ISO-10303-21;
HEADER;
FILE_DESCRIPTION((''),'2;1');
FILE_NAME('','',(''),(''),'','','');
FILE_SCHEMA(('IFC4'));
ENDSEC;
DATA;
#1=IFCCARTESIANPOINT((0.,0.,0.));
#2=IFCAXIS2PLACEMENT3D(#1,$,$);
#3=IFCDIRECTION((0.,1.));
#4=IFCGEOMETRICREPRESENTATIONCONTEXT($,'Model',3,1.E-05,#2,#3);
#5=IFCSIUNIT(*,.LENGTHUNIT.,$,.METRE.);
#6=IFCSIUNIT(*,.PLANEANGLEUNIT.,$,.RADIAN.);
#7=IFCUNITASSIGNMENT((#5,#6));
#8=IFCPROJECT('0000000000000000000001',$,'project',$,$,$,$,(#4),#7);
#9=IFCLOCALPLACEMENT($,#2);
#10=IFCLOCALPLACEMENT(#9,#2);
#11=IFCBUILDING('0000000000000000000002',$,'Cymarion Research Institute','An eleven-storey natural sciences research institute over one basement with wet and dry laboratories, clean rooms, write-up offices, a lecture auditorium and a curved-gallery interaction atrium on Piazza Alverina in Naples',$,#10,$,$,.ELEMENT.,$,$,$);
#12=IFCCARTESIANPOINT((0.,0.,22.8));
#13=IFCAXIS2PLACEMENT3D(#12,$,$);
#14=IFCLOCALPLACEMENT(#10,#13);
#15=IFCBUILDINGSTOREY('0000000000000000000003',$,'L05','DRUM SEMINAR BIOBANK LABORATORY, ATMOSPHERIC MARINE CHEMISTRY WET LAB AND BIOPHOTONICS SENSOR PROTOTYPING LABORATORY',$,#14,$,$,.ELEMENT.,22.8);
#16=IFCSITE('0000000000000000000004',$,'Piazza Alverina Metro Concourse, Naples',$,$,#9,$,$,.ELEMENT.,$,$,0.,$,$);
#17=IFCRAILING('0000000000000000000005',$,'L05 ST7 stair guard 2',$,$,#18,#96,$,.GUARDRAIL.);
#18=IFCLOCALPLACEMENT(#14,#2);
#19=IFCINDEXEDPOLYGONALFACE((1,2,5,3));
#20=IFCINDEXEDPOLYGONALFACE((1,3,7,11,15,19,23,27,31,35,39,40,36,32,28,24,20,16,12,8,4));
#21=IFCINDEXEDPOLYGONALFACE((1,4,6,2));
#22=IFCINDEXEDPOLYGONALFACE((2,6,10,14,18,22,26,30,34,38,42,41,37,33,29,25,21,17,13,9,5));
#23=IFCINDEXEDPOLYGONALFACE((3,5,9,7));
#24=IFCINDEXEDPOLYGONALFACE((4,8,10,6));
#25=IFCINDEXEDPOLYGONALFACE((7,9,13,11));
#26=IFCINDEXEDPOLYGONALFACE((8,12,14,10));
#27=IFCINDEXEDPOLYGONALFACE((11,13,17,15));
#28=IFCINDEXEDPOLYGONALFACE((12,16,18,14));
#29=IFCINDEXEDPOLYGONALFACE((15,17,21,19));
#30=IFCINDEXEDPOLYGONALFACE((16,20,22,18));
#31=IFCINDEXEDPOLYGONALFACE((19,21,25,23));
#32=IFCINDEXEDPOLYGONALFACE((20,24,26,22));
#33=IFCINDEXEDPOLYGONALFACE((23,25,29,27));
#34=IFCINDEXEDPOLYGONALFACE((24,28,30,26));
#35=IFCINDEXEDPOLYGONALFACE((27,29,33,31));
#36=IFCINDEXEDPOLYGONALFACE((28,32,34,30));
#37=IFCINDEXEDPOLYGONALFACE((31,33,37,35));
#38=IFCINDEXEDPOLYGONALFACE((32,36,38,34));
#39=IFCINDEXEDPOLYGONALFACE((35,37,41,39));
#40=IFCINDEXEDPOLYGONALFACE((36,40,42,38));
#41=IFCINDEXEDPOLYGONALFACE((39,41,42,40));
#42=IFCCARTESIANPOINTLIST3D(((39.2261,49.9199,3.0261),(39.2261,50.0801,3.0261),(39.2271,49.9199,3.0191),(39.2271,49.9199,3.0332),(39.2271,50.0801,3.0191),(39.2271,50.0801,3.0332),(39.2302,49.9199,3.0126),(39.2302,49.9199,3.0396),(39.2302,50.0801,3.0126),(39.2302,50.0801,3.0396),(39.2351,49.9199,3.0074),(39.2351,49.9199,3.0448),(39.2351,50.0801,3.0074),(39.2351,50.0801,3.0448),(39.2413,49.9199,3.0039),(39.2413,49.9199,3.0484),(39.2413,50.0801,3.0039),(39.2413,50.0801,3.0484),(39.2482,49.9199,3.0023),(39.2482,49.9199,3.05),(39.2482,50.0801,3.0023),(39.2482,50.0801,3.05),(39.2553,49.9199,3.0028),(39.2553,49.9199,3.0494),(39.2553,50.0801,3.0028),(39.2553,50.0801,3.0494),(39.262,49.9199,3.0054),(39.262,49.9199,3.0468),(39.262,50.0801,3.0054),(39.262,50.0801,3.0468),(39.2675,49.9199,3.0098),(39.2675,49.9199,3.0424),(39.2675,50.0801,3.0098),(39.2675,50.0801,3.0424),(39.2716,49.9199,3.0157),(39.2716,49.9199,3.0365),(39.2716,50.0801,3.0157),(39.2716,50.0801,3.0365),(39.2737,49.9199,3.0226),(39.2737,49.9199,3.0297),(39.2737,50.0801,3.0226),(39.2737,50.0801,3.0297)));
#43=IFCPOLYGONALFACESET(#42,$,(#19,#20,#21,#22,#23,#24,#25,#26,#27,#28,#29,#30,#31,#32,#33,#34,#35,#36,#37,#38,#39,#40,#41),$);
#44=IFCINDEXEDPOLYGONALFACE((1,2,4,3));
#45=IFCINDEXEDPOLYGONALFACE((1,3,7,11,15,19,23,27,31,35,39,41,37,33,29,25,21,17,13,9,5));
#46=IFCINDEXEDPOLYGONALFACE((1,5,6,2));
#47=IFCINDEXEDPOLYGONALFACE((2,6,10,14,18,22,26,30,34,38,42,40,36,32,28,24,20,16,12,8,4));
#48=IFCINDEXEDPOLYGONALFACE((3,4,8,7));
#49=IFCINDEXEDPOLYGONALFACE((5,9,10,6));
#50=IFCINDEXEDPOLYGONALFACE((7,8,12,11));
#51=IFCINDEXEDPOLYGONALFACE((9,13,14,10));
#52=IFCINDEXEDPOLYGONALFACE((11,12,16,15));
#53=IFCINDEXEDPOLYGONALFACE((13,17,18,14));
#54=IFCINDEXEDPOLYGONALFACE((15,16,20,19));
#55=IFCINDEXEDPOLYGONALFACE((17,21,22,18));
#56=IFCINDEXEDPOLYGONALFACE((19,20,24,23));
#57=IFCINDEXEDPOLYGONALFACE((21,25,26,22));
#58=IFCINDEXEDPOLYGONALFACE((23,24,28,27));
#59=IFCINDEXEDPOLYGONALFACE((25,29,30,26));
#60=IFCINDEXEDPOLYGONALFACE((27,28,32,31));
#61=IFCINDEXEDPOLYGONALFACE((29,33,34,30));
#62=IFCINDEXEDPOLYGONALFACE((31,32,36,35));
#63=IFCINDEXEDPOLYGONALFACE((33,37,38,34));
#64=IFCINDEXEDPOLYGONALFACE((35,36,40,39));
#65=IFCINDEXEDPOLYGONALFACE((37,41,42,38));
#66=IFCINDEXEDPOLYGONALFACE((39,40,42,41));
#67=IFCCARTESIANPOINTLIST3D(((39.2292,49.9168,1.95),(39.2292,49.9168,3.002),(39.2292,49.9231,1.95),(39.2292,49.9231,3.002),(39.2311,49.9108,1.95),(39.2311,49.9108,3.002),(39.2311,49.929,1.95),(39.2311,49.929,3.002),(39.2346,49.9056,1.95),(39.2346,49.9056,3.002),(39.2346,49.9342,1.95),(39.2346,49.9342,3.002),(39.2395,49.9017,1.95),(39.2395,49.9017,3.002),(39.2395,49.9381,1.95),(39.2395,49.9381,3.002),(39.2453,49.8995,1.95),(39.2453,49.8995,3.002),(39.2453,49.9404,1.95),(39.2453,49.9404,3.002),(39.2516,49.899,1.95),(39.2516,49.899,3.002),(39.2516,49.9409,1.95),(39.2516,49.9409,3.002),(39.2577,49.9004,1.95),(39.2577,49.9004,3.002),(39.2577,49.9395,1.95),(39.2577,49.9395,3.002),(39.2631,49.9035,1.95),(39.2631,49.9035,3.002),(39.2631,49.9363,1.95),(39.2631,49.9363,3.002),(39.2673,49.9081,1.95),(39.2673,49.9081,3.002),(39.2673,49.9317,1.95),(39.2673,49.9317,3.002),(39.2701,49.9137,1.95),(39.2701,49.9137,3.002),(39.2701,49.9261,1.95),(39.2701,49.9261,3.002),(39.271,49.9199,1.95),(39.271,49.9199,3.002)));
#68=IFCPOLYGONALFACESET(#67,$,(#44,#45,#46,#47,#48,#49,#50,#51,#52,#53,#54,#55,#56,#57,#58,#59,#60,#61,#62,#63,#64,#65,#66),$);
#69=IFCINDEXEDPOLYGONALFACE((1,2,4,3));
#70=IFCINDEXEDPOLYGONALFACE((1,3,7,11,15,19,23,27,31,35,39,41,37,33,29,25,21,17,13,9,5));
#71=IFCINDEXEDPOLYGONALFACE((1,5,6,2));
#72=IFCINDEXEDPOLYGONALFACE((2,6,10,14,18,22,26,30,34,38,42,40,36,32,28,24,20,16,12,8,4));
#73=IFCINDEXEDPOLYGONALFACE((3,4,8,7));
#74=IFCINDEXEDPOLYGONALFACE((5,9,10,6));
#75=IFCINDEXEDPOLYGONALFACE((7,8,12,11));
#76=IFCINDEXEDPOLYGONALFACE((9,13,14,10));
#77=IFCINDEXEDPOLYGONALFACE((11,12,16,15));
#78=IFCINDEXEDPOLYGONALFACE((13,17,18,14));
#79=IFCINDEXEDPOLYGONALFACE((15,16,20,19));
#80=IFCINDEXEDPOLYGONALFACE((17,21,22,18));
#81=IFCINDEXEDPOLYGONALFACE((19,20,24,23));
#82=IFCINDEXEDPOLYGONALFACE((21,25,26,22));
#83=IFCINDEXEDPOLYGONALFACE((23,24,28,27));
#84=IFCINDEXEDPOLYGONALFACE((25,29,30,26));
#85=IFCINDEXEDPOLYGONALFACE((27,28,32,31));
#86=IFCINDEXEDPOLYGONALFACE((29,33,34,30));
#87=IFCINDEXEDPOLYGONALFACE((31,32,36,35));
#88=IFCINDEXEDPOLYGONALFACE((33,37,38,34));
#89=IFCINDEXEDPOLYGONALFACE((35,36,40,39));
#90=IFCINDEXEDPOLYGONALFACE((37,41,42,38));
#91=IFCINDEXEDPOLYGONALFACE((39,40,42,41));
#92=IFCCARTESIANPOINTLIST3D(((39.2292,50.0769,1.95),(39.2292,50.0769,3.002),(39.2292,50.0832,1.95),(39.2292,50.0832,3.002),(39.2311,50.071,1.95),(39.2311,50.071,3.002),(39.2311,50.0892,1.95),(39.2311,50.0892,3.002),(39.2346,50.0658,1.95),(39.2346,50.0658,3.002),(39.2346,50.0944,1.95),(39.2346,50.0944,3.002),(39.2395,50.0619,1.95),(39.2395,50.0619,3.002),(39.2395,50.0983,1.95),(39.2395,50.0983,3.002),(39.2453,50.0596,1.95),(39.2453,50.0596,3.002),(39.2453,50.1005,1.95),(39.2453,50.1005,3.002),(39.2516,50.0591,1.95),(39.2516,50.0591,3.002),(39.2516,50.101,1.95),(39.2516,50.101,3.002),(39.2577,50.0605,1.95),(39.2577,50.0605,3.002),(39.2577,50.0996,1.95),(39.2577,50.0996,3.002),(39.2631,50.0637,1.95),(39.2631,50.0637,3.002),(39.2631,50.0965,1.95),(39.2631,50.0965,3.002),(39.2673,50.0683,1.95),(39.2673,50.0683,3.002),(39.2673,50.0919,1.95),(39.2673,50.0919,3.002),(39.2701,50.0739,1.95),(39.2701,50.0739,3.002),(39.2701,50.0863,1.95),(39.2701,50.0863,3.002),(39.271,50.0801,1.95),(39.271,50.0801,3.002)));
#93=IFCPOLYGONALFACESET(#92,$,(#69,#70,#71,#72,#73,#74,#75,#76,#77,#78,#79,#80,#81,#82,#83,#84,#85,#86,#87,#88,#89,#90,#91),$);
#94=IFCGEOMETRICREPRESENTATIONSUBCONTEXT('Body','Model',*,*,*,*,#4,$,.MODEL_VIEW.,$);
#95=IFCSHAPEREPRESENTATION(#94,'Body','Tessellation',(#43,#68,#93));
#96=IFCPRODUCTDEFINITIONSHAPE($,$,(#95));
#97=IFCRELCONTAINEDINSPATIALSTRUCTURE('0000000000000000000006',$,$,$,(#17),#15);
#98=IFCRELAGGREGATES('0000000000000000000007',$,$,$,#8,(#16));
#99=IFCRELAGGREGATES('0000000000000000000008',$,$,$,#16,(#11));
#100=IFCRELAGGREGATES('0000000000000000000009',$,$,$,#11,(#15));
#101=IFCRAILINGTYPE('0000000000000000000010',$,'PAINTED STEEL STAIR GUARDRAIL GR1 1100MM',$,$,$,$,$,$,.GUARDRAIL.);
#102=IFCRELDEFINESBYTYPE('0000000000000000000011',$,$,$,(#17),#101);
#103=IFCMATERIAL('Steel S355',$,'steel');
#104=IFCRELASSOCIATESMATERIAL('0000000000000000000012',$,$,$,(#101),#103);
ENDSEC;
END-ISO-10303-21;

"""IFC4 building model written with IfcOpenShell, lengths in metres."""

from ifc_helpers import new_model, si_unit, direction, frame, origin, origin_2d, place, context, subcontext, project, spatial, circle, extrude, material, type_object, element, save


model = new_model("IFC4")

# Units and contexts
model_context = context("Model", 3, precision=1e-05, world=origin(), true_north=direction((0.0, 1.0)))
body_context = subcontext(model_context, "Body", "Model", "MODEL_VIEW")
ifc_project = project(units=[si_unit("LENGTHUNIT", "METRE"), si_unit("PLANEANGLEUNIT", "RADIAN")], contexts=[model_context])

# Site, building, storey
site_placement = place(None, origin())
site = spatial("IfcSite", under=ifc_project, at=site_placement, Name="Piazza Alverina Metro Concourse, Naples", CompositionType="ELEMENT", RefElevation=0.0)
building_placement = place(site_placement, origin())
building = spatial("IfcBuilding", under=site, at=building_placement, Name="Cymarion Research Institute", Description="An eleven-storey natural sciences research institute over one basement with wet and dry laboratories, clean rooms, write-up offices, a lecture auditorium and a curved-gallery interaction atrium on Piazza Alverina in Naples", CompositionType="ELEMENT")
storey_placement = place(building_placement, frame((0.0, 0.0, 22.8)))
storey = spatial("IfcBuildingStorey", under=building, at=storey_placement, Name="L05", Description="DRUM SEMINAR BIOBANK LABORATORY, ATMOSPHERIC MARINE CHEMISTRY WET LAB AND BIOPHOTONICS SENSOR PROTOTYPING LABORATORY", CompositionType="ELEMENT", Elevation=22.8)

# Shared definitions
ifc_material_1 = material(Name="Steel S355", Category="steel")

# Railing
railing_type_1 = type_object("IfcRailingType", Name="PAINTED STEEL STAIR GUARDRAIL GR1 1100MM", PredefinedType="GUARDRAIL", material=ifc_material_1)
railing_1_placement = place(storey_placement, frame((39.25, 49.9199, 1.95)))
element("IfcRailing", 1, at=railing_1_placement, inside=storey, type_object=railing_type_1, Name="L05 ST7 stair guard 2", PredefinedType="GUARDRAIL", context=body_context, shape_type="SweptSolid", body=[
    extrude(circle(Radius=0.0239, at=origin_2d()), frame((0.0, 0.0, 1.0762), z_axis=(0.0, 1.0, 0.0), x_axis=(-1.0, 0.0, 0.0)), (0.0, 0.0, 1.0), 0.1602),
    extrude(circle(Radius=0.021, at=origin_2d()), origin(), (0.0, 0.0, 1.0), 1.052),
    extrude(circle(Radius=0.021, at=origin_2d()), frame((0.0, 0.1602, 0.0)), (0.0, 0.0, 1.0), 1.052),
])

save(model, "model.ifc")
